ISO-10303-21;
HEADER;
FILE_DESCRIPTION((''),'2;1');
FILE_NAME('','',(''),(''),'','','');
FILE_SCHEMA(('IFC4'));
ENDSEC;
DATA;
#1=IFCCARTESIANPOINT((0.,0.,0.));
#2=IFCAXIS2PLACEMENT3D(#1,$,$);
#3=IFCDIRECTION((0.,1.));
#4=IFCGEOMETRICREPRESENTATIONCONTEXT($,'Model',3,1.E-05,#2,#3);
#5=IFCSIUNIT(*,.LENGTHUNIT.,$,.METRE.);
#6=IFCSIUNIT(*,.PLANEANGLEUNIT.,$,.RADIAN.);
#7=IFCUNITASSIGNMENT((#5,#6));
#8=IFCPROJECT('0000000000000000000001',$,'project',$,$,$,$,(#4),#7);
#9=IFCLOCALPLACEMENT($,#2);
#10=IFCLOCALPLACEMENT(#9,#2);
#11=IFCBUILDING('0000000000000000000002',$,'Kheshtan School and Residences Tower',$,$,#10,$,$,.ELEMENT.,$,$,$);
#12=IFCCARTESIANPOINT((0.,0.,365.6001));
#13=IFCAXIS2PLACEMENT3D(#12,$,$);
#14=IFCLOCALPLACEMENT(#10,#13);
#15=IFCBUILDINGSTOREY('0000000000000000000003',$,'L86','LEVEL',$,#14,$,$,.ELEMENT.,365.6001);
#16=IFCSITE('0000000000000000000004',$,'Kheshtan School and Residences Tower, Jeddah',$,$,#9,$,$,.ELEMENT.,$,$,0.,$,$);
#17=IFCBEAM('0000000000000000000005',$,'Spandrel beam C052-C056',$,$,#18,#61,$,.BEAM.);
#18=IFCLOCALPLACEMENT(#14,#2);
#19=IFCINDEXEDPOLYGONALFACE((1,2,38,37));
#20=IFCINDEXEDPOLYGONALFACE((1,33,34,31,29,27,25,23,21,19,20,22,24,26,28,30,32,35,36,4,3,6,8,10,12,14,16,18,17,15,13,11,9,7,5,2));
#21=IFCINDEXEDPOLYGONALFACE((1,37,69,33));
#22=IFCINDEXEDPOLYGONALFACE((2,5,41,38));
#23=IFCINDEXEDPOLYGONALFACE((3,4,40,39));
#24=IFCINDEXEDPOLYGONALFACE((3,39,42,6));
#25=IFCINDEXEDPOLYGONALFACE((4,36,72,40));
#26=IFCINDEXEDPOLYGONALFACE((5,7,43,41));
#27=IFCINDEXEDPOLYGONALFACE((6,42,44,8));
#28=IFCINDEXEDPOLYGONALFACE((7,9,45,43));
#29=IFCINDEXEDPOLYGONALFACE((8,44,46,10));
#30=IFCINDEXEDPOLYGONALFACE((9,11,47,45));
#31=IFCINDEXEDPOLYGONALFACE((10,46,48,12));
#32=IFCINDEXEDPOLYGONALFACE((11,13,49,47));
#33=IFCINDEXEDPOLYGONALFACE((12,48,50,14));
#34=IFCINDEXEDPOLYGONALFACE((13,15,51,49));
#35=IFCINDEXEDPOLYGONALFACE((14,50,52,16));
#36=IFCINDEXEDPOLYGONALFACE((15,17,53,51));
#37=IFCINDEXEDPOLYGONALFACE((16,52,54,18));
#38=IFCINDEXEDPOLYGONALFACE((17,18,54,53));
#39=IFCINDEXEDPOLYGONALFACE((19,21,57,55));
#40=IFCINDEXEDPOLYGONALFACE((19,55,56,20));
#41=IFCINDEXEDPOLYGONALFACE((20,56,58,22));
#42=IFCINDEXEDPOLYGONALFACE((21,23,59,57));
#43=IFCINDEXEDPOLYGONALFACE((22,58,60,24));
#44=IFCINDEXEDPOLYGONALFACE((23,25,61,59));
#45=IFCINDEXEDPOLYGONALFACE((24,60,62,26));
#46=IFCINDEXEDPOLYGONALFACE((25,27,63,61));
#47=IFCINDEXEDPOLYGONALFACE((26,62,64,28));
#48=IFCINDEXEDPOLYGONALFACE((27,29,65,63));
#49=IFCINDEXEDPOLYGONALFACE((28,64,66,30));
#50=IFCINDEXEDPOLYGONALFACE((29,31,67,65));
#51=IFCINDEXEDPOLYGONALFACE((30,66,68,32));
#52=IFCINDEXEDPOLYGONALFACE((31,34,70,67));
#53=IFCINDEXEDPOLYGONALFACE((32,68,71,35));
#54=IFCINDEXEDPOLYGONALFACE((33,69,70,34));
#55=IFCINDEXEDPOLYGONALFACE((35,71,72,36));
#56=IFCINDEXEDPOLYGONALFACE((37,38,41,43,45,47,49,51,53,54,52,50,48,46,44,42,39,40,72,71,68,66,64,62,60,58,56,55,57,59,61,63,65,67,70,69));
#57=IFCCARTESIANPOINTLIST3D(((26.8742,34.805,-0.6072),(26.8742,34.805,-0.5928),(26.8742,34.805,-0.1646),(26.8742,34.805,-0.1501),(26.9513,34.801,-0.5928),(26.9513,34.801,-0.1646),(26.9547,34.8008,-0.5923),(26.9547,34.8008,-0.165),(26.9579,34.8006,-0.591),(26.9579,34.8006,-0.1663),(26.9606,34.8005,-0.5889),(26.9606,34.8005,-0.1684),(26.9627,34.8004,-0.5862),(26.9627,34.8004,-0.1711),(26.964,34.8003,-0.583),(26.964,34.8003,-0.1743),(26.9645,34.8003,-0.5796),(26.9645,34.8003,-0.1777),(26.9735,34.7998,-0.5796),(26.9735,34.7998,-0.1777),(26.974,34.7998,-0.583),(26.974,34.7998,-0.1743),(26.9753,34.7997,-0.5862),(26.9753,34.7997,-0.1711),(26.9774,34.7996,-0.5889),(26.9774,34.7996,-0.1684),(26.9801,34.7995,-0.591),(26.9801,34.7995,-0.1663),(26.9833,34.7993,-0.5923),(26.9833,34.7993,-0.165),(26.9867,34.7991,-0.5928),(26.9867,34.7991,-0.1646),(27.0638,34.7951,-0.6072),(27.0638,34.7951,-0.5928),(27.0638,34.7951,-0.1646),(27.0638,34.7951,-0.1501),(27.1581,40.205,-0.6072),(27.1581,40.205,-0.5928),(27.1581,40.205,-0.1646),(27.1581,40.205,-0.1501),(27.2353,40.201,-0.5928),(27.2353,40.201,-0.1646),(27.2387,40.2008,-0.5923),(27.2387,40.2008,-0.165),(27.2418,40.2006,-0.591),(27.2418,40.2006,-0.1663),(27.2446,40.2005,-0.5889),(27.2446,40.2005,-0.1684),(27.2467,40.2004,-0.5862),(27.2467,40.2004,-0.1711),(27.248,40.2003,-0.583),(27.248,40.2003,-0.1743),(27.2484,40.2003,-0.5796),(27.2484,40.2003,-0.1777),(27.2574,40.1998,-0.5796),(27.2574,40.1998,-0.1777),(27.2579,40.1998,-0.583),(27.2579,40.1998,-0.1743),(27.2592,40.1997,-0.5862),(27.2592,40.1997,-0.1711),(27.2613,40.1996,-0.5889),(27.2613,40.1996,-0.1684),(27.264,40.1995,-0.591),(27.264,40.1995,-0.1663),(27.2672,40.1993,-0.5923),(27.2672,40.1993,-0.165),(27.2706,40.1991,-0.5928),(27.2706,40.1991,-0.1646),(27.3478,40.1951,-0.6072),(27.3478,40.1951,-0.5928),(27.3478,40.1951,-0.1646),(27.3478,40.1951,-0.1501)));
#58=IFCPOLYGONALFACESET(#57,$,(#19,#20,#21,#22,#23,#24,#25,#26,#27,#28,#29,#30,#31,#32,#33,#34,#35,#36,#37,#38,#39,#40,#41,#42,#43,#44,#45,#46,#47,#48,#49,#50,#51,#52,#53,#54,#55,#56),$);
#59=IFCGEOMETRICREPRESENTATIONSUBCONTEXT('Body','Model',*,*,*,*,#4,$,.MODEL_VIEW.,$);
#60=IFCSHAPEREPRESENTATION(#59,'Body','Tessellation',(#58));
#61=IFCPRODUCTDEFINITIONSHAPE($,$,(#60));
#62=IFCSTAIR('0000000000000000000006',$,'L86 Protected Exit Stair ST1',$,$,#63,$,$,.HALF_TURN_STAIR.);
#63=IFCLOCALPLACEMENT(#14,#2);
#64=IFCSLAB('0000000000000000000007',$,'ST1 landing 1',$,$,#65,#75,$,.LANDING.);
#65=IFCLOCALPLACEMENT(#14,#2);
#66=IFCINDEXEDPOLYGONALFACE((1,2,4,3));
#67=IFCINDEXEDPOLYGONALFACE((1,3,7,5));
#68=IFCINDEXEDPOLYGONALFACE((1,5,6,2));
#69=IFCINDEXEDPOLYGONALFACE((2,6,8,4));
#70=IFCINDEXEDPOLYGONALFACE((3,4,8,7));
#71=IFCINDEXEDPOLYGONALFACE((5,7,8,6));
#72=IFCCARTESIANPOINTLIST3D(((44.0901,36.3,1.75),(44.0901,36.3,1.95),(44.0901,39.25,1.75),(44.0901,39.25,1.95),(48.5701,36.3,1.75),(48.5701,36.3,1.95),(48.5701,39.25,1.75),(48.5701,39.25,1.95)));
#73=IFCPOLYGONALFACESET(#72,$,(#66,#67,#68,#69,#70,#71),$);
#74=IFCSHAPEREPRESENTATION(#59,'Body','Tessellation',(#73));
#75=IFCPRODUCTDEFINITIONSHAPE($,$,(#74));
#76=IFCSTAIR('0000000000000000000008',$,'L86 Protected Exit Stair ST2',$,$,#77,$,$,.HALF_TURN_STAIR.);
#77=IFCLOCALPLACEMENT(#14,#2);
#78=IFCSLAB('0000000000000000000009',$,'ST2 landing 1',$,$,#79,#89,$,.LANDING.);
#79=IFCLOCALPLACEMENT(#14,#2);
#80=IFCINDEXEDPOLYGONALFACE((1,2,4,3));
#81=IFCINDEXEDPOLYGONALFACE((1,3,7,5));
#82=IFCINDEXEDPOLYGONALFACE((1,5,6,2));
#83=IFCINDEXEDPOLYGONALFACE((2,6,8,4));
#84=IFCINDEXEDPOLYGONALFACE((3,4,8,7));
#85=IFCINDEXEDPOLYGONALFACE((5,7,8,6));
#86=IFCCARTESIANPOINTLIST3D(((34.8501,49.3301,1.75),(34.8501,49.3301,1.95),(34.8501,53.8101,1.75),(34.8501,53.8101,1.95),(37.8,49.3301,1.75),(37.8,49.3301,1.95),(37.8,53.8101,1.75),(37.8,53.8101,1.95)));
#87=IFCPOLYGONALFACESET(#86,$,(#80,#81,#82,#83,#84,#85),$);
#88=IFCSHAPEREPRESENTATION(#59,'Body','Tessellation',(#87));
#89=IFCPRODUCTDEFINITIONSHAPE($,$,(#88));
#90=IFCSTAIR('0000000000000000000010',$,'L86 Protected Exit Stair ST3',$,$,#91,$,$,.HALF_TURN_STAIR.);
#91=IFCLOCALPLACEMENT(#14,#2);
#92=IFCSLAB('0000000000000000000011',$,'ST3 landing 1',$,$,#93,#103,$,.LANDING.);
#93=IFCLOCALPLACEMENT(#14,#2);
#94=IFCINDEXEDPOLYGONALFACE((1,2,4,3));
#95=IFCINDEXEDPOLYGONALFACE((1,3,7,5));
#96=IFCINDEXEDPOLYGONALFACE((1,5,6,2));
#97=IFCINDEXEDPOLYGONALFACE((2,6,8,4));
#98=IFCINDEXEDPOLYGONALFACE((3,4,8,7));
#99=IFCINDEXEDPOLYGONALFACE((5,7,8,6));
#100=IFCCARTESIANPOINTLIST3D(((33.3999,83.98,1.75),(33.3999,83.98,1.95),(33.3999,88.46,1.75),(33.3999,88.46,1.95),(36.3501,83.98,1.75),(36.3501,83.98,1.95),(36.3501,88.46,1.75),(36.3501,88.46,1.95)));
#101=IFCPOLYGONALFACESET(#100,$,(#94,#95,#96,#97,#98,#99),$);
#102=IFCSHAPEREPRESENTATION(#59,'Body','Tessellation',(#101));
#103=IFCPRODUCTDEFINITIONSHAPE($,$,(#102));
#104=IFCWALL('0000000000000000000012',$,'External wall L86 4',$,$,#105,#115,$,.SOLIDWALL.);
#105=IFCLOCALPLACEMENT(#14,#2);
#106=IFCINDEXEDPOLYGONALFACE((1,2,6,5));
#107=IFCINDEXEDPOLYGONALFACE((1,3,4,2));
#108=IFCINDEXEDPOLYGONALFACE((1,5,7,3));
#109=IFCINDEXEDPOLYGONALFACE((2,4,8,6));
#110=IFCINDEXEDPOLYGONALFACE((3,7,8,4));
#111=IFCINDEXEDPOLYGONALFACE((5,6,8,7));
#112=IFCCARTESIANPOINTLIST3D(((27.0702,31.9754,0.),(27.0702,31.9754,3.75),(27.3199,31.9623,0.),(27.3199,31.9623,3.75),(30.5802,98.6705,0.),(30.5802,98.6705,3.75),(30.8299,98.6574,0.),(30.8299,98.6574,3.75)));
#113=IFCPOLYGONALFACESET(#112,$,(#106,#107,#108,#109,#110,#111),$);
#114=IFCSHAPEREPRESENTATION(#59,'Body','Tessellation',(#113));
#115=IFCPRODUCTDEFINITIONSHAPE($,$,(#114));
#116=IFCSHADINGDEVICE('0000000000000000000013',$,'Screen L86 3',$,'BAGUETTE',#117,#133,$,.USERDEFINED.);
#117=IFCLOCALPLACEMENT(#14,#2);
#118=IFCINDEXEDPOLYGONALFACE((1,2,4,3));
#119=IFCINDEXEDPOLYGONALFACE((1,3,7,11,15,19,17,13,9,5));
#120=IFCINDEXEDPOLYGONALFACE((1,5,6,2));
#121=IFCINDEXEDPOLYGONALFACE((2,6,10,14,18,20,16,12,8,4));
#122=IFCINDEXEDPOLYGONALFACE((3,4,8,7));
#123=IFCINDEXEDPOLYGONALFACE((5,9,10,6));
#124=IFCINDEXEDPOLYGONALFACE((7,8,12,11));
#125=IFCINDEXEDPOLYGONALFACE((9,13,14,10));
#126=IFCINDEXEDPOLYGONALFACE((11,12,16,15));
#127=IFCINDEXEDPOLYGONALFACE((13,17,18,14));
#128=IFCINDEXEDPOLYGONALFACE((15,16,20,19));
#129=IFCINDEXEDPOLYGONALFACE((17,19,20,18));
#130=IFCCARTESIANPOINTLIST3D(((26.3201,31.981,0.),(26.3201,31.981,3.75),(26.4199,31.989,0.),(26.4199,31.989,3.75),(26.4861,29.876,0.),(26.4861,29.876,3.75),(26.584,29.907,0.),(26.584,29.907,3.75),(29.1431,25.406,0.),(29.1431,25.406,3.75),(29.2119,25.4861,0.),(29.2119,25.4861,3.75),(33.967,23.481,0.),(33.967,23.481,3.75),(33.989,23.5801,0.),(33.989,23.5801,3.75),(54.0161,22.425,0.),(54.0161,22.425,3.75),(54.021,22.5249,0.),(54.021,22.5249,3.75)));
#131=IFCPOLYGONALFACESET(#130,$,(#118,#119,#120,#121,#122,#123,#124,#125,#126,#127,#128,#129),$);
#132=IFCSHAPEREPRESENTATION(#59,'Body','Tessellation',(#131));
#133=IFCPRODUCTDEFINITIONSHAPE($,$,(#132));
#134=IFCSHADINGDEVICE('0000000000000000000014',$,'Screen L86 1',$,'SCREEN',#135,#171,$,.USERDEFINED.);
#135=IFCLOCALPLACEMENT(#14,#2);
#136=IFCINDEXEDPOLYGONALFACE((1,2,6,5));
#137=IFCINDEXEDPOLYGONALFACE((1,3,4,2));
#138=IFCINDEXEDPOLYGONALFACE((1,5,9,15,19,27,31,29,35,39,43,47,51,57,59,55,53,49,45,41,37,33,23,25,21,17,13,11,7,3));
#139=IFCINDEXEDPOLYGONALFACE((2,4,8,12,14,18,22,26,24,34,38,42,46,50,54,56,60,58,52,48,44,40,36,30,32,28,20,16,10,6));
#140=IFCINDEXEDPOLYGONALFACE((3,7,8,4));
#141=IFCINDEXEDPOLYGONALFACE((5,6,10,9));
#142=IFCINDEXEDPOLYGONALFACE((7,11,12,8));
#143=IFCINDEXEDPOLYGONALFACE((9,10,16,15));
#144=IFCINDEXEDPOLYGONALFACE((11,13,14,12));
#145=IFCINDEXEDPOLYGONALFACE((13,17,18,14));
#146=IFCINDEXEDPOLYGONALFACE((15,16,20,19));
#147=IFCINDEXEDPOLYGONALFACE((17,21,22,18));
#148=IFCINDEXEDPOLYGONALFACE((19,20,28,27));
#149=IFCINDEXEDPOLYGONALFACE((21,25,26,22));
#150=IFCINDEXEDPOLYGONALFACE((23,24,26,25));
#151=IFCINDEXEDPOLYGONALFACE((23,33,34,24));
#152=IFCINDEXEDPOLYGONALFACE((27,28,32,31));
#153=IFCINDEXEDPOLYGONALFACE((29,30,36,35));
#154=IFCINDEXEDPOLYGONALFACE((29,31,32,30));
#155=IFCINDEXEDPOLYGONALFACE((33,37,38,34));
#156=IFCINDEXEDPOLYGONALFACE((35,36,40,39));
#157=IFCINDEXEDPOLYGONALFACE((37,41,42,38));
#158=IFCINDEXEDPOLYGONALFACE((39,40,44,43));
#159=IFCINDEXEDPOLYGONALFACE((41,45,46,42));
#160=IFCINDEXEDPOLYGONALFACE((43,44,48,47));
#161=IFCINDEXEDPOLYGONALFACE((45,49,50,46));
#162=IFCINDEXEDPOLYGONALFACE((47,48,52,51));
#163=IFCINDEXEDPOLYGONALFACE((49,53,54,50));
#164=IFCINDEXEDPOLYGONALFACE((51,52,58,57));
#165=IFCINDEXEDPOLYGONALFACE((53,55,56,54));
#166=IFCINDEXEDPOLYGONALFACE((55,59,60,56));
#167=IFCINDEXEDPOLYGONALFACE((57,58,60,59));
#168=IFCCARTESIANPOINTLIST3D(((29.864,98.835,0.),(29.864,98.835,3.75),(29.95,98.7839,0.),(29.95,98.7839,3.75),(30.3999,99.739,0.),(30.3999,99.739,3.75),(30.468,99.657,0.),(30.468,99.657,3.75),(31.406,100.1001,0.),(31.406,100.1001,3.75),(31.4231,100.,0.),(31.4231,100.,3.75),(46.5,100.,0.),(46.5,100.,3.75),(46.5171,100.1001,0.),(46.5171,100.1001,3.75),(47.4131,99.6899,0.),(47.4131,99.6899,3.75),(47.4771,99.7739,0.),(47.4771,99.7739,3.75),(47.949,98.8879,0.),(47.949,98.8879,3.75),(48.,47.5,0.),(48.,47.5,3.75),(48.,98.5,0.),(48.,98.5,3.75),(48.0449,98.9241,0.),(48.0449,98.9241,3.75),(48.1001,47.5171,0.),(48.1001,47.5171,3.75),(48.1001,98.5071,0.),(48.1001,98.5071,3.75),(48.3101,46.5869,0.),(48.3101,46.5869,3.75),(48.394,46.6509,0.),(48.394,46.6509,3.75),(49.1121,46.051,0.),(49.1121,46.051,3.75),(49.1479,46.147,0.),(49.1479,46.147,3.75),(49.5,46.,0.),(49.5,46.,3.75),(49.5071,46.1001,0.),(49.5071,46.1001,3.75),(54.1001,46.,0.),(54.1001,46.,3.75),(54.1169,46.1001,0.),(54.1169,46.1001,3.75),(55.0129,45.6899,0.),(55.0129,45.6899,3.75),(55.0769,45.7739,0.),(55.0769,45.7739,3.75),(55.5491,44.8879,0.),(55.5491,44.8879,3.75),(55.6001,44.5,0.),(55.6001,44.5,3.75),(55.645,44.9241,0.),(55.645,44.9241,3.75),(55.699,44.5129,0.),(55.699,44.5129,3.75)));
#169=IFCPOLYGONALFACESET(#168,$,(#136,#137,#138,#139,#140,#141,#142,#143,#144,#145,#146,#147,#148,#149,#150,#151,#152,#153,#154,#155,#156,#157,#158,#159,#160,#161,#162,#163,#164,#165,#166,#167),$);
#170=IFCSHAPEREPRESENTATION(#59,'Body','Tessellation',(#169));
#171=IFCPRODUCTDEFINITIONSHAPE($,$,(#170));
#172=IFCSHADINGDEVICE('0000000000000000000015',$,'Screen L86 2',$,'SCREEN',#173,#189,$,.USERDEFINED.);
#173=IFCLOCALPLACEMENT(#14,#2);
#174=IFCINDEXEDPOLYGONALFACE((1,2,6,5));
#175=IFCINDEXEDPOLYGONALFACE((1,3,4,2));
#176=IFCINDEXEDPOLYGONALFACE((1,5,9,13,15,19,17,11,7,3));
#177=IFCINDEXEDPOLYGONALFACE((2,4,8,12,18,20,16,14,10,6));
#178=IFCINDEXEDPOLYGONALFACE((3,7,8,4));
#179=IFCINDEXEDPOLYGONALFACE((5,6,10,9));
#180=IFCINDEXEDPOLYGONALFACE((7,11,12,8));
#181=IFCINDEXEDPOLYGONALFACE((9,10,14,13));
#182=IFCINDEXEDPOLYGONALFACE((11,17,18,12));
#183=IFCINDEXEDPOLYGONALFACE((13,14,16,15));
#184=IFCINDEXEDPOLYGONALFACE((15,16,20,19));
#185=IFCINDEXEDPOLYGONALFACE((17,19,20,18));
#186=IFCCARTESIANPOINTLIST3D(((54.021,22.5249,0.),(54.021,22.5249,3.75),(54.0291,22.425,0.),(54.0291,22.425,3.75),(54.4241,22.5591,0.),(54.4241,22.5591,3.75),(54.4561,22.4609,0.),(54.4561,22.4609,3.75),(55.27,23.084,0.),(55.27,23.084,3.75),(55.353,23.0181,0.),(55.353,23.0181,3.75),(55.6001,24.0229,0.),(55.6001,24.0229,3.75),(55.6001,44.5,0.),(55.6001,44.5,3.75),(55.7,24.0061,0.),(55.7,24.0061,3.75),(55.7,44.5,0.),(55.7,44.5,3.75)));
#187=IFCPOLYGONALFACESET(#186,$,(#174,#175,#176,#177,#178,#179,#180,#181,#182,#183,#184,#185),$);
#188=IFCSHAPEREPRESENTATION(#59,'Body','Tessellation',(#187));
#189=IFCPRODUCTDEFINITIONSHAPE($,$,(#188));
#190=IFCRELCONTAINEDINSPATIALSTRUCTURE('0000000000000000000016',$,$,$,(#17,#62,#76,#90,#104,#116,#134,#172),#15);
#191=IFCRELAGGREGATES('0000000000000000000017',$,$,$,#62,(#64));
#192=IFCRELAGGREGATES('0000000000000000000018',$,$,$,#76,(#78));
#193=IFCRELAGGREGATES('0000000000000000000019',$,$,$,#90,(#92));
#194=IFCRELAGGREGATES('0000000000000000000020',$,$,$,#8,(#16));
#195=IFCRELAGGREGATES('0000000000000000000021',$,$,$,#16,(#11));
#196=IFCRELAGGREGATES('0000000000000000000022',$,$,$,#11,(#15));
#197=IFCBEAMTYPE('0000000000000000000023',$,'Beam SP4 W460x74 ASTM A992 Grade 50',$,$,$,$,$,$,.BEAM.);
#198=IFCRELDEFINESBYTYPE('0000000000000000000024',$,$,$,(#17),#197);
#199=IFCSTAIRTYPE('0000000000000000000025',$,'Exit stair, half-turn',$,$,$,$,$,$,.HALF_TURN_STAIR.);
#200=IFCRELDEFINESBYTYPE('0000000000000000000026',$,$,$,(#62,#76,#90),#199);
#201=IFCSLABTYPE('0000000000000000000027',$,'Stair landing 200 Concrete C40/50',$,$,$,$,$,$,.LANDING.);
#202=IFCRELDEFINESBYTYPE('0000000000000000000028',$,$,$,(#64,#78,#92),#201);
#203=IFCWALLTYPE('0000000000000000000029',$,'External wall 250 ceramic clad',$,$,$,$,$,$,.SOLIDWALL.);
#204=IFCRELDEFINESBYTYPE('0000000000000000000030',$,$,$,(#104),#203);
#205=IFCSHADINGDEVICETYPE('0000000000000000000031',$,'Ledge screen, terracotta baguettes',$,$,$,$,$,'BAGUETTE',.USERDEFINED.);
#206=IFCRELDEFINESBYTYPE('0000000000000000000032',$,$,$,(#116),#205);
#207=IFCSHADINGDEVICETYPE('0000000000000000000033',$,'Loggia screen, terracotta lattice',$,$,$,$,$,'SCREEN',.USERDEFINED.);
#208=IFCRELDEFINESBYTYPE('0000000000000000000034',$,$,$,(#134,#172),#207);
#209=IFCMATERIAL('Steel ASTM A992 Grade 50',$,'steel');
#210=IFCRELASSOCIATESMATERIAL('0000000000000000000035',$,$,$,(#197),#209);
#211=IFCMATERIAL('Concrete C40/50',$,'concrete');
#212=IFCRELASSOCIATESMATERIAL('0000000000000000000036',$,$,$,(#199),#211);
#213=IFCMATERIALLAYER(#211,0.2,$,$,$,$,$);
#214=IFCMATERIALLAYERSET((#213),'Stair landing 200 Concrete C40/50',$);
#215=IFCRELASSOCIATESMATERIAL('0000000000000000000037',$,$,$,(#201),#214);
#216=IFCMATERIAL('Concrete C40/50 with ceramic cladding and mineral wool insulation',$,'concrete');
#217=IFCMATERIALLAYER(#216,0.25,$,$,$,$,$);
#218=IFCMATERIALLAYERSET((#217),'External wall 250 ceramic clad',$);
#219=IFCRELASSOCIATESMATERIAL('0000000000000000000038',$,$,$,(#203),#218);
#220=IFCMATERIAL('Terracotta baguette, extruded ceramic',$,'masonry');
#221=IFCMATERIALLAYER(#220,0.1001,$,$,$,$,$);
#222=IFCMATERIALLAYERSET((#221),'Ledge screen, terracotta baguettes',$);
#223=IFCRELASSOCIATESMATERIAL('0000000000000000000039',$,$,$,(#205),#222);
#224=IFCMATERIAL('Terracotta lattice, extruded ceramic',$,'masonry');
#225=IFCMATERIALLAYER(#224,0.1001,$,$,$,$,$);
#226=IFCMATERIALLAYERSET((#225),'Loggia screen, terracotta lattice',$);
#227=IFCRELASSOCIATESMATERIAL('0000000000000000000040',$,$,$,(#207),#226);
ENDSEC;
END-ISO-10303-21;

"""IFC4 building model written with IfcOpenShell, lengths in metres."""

from ifc_helpers import new_model, si_unit, direction, frame, frame_2d, origin, origin_2d, place, context, subcontext, project, spatial, polyline, rectangle, i_section, outline, extrude, material, layer, layer_set, material_profile, profile_set, type_object, element, aggregate, save


model = new_model("IFC4")

# Units and contexts
model_context = context("Model", 3, precision=1e-05, world=origin(), true_north=direction((0.0, 1.0)))
body_context = subcontext(model_context, "Body", "Model", "MODEL_VIEW")
ifc_project = project(units=[si_unit("LENGTHUNIT", "METRE"), si_unit("PLANEANGLEUNIT", "RADIAN")], contexts=[model_context])

# Site, building, storey
site_placement = place(None, origin())
site = spatial("IfcSite", under=ifc_project, at=site_placement, Name="Kheshtan School and Residences Tower, Jeddah", CompositionType="ELEMENT", RefElevation=0.0)
building_placement = place(site_placement, origin())
building = spatial("IfcBuilding", under=site, at=building_placement, Name="Kheshtan School and Residences Tower", CompositionType="ELEMENT")
storey_placement = place(building_placement, frame((0.0, 0.0, 365.6001)))
storey = spatial("IfcBuildingStorey", under=building, at=storey_placement, Name="L86", Description="LEVEL", CompositionType="ELEMENT", Elevation=365.6001)

# Shared definitions
ifc_material_1 = material(Name="Steel ASTM A992 Grade 50", Category="steel")

# Beam
ifc_material_profile_1 = material_profile(ifc_material_1, i_section(OverallWidth=0.1899, OverallDepth=0.457, WebThickness=0.009, FlangeThickness=0.0144, FilletRadius=0.0132, at=origin_2d()), Name="W460x74")
ifc_profile_set_1 = profile_set([ifc_material_profile_1], Name="Steel ASTM A992 Grade 50")
beam_type_1 = type_object("IfcBeamType", Name="Beam SP4 W460x74 ASTM A992 Grade 50", PredefinedType="BEAM", material=ifc_profile_set_1)
beam_1_placement = place(storey_placement, frame((26.969, 34.8, -0.3787), z_axis=(0.052509, 0.99862, 0.0), x_axis=(-0.99862, 0.052509, 0.0)))
element("IfcBeam", 1, at=beam_1_placement, inside=storey, type_object=beam_type_1, Name="Spandrel beam C052-C056", PredefinedType="BEAM", context=body_context, shape_type="SweptSolid", body=[
    extrude(i_section(OverallWidth=0.1899, OverallDepth=0.457, WebThickness=0.009, FlangeThickness=0.0144, FilletRadius=0.0132, at=origin_2d()), origin(), (0.0, 0.0, 1.0), 5.4075),
])

# Shared definitions
ifc_material_2 = material(Name="Concrete C40/50", Category="concrete")

# Stairs, slabs
stair_type = type_object("IfcStairType", Name="Exit stair, half-turn", PredefinedType="HALF_TURN_STAIR", material=ifc_material_2)
stair_1_placement = place(storey_placement, origin())
stair_1 = element("IfcStair", 2, at=stair_1_placement, inside=storey, type_object=stair_type, Name="L86 Protected Exit Stair ST1", PredefinedType="HALF_TURN_STAIR")
ifc_layer_1 = layer(ifc_material_2, 0.2)
ifc_layer_set_1 = layer_set([ifc_layer_1], Name="Stair landing 200 Concrete C40/50")
slab_type_1 = type_object("IfcSlabType", Name="Stair landing 200 Concrete C40/50", PredefinedType="LANDING", material=ifc_layer_set_1)
slab_1_placement = place(storey_placement, frame((0.0, 0.0, 1.75)))
slab_1 = element("IfcSlab", 3, at=slab_1_placement, type_object=slab_type_1, Name="ST1 landing 1", PredefinedType="LANDING", context=body_context, shape_type="SweptSolid", body=[
    extrude(outline(polyline([(48.5701, 39.25), (44.0901, 39.25), (44.0901, 36.3), (48.5701, 36.3), (48.5701, 39.25)])), origin(), (0.0, 0.0, 1.0), 0.2),
])
aggregate(stair_1, [slab_1])
stair_2_placement = place(storey_placement, origin())
stair_2 = element("IfcStair", 4, at=stair_2_placement, inside=storey, type_object=stair_type, Name="L86 Protected Exit Stair ST2", PredefinedType="HALF_TURN_STAIR")
slab_2_placement = place(storey_placement, frame((0.0, 0.0, 1.75)))
slab_2 = element("IfcSlab", 5, at=slab_2_placement, type_object=slab_type_1, Name="ST2 landing 1", PredefinedType="LANDING", context=body_context, shape_type="SweptSolid", body=[
    extrude(outline(polyline([(37.8, 49.3301), (37.8, 53.8101), (34.8501, 53.8101), (34.8501, 49.3301), (37.8, 49.3301)])), origin(), (0.0, 0.0, 1.0), 0.2),
])
aggregate(stair_2, [slab_2])
stair_3_placement = place(storey_placement, origin())
stair_3 = element("IfcStair", 6, at=stair_3_placement, inside=storey, type_object=stair_type, Name="L86 Protected Exit Stair ST3", PredefinedType="HALF_TURN_STAIR")
slab_3_placement = place(storey_placement, frame((0.0, 0.0, 1.75)))
slab_3 = element("IfcSlab", 7, at=slab_3_placement, type_object=slab_type_1, Name="ST3 landing 1", PredefinedType="LANDING", context=body_context, shape_type="SweptSolid", body=[
    extrude(outline(polyline([(36.3501, 83.98), (36.3501, 88.46), (33.3999, 88.46), (33.3999, 83.98), (36.3501, 83.98)])), origin(), (0.0, 0.0, 1.0), 0.2),
])
aggregate(stair_3, [slab_3])

# Wall
ifc_material_3 = material(Name="Concrete C40/50 with ceramic cladding and mineral wool insulation", Category="concrete")
ifc_layer_2 = layer(ifc_material_3, 0.25)
ifc_layer_set_2 = layer_set([ifc_layer_2], Name="External wall 250 ceramic clad")
wall_type = type_object("IfcWallType", Name="External wall 250 ceramic clad", PredefinedType="SOLIDWALL", material=ifc_layer_set_2)
wall_placement = place(storey_placement, frame((27.1951, 31.969, 0.0), z_axis=(0.0, 0.0, 1.0), x_axis=(0.052555, 0.998618, 0.0)))
element("IfcWall", 8, at=wall_placement, inside=storey, type_object=wall_type, Name="External wall L86 4", PredefinedType="SOLIDWALL", context=body_context, shape_type="SweptSolid", body=[
    extrude(rectangle(XDim=66.7874, YDim=0.25, at=frame_2d((33.3936, 0.0))), origin(), (0.0, 0.0, 1.0), 3.75),
])

# Shading devices
ifc_material_4 = material(Name="Terracotta baguette, extruded ceramic", Category="masonry")
ifc_layer_3 = layer(ifc_material_4, 0.1001)
ifc_layer_set_3 = layer_set([ifc_layer_3], Name="Ledge screen, terracotta baguettes")
shading_device_type_1 = type_object("IfcShadingDeviceType", Name="Ledge screen, terracotta baguettes", ElementType="BAGUETTE", PredefinedType="USERDEFINED", material=ifc_layer_set_3)
shading_device_1_placement = place(storey_placement, origin())
element("IfcShadingDevice", 9, at=shading_device_1_placement, inside=storey, type_object=shading_device_type_1, Name="Screen L86 3", ObjectType="BAGUETTE", PredefinedType="USERDEFINED", context=body_context, shape_type="SweptSolid", body=[
    extrude(outline(polyline([(54.021, 22.5249), (33.989, 23.5801), (29.2119, 25.4861), (26.584, 29.907), (26.4199, 31.989), (26.3201, 31.981), (26.4861, 29.876), (29.1431, 25.406), (33.967, 23.481), (54.0161, 22.425), (54.021, 22.5249)])), origin(), (0.0, 0.0, 1.0), 3.75),
])
ifc_material_5 = material(Name="Terracotta lattice, extruded ceramic", Category="masonry")
ifc_layer_4 = layer(ifc_material_5, 0.1001)
ifc_layer_set_4 = layer_set([ifc_layer_4], Name="Loggia screen, terracotta lattice")
shading_device_type_2 = type_object("IfcShadingDeviceType", Name="Loggia screen, terracotta lattice", ElementType="SCREEN", PredefinedType="USERDEFINED", material=ifc_layer_set_4)
shading_device_2_placement = place(storey_placement, origin())
element("IfcShadingDevice", 10, at=shading_device_2_placement, inside=storey, type_object=shading_device_type_2, Name="Screen L86 1", ObjectType="SCREEN", PredefinedType="USERDEFINED", context=body_context, shape_type="SweptSolid", body=[
    extrude(outline(polyline([(29.95, 98.7839), (30.468, 99.657), (31.4231, 100.0), (46.5, 100.0), (47.4131, 99.6899), (47.949, 98.8879), (48.0, 98.5), (48.0, 47.5), (48.3101, 46.5869), (49.1121, 46.051), (49.5, 46.0), (54.1001, 46.0), (55.0129, 45.6899), (55.5491, 44.8879), (55.6001, 44.5), (55.699, 44.5129), (55.645, 44.9241), (55.0769, 45.7739), (54.1169, 46.1001), (49.5071, 46.1001), (49.1479, 46.147), (48.394, 46.6509), (48.1001, 47.5171), (48.1001, 98.5071), (48.0449, 98.9241), (47.4771, 99.7739), (46.5171, 100.1001), (31.406, 100.1001), (30.3999, 99.739), (29.864, 98.835), (29.95, 98.7839)])), origin(), (0.0, 0.0, 1.0), 3.75),
])
shading_device_3_placement = place(storey_placement, origin())
element("IfcShadingDevice", 11, at=shading_device_3_placement, inside=storey, type_object=shading_device_type_2, Name="Screen L86 2", ObjectType="SCREEN", PredefinedType="USERDEFINED", context=body_context, shape_type="SweptSolid", body=[
    extrude(outline(polyline([(55.6001, 44.5), (55.6001, 24.0229), (55.27, 23.084), (54.4241, 22.5591), (54.021, 22.5249), (54.0291, 22.425), (54.4561, 22.4609), (55.353, 23.0181), (55.7, 24.0061), (55.7, 44.5), (55.6001, 44.5)])), origin(), (0.0, 0.0, 1.0), 3.75),
])

save(model, "model.ifc")
